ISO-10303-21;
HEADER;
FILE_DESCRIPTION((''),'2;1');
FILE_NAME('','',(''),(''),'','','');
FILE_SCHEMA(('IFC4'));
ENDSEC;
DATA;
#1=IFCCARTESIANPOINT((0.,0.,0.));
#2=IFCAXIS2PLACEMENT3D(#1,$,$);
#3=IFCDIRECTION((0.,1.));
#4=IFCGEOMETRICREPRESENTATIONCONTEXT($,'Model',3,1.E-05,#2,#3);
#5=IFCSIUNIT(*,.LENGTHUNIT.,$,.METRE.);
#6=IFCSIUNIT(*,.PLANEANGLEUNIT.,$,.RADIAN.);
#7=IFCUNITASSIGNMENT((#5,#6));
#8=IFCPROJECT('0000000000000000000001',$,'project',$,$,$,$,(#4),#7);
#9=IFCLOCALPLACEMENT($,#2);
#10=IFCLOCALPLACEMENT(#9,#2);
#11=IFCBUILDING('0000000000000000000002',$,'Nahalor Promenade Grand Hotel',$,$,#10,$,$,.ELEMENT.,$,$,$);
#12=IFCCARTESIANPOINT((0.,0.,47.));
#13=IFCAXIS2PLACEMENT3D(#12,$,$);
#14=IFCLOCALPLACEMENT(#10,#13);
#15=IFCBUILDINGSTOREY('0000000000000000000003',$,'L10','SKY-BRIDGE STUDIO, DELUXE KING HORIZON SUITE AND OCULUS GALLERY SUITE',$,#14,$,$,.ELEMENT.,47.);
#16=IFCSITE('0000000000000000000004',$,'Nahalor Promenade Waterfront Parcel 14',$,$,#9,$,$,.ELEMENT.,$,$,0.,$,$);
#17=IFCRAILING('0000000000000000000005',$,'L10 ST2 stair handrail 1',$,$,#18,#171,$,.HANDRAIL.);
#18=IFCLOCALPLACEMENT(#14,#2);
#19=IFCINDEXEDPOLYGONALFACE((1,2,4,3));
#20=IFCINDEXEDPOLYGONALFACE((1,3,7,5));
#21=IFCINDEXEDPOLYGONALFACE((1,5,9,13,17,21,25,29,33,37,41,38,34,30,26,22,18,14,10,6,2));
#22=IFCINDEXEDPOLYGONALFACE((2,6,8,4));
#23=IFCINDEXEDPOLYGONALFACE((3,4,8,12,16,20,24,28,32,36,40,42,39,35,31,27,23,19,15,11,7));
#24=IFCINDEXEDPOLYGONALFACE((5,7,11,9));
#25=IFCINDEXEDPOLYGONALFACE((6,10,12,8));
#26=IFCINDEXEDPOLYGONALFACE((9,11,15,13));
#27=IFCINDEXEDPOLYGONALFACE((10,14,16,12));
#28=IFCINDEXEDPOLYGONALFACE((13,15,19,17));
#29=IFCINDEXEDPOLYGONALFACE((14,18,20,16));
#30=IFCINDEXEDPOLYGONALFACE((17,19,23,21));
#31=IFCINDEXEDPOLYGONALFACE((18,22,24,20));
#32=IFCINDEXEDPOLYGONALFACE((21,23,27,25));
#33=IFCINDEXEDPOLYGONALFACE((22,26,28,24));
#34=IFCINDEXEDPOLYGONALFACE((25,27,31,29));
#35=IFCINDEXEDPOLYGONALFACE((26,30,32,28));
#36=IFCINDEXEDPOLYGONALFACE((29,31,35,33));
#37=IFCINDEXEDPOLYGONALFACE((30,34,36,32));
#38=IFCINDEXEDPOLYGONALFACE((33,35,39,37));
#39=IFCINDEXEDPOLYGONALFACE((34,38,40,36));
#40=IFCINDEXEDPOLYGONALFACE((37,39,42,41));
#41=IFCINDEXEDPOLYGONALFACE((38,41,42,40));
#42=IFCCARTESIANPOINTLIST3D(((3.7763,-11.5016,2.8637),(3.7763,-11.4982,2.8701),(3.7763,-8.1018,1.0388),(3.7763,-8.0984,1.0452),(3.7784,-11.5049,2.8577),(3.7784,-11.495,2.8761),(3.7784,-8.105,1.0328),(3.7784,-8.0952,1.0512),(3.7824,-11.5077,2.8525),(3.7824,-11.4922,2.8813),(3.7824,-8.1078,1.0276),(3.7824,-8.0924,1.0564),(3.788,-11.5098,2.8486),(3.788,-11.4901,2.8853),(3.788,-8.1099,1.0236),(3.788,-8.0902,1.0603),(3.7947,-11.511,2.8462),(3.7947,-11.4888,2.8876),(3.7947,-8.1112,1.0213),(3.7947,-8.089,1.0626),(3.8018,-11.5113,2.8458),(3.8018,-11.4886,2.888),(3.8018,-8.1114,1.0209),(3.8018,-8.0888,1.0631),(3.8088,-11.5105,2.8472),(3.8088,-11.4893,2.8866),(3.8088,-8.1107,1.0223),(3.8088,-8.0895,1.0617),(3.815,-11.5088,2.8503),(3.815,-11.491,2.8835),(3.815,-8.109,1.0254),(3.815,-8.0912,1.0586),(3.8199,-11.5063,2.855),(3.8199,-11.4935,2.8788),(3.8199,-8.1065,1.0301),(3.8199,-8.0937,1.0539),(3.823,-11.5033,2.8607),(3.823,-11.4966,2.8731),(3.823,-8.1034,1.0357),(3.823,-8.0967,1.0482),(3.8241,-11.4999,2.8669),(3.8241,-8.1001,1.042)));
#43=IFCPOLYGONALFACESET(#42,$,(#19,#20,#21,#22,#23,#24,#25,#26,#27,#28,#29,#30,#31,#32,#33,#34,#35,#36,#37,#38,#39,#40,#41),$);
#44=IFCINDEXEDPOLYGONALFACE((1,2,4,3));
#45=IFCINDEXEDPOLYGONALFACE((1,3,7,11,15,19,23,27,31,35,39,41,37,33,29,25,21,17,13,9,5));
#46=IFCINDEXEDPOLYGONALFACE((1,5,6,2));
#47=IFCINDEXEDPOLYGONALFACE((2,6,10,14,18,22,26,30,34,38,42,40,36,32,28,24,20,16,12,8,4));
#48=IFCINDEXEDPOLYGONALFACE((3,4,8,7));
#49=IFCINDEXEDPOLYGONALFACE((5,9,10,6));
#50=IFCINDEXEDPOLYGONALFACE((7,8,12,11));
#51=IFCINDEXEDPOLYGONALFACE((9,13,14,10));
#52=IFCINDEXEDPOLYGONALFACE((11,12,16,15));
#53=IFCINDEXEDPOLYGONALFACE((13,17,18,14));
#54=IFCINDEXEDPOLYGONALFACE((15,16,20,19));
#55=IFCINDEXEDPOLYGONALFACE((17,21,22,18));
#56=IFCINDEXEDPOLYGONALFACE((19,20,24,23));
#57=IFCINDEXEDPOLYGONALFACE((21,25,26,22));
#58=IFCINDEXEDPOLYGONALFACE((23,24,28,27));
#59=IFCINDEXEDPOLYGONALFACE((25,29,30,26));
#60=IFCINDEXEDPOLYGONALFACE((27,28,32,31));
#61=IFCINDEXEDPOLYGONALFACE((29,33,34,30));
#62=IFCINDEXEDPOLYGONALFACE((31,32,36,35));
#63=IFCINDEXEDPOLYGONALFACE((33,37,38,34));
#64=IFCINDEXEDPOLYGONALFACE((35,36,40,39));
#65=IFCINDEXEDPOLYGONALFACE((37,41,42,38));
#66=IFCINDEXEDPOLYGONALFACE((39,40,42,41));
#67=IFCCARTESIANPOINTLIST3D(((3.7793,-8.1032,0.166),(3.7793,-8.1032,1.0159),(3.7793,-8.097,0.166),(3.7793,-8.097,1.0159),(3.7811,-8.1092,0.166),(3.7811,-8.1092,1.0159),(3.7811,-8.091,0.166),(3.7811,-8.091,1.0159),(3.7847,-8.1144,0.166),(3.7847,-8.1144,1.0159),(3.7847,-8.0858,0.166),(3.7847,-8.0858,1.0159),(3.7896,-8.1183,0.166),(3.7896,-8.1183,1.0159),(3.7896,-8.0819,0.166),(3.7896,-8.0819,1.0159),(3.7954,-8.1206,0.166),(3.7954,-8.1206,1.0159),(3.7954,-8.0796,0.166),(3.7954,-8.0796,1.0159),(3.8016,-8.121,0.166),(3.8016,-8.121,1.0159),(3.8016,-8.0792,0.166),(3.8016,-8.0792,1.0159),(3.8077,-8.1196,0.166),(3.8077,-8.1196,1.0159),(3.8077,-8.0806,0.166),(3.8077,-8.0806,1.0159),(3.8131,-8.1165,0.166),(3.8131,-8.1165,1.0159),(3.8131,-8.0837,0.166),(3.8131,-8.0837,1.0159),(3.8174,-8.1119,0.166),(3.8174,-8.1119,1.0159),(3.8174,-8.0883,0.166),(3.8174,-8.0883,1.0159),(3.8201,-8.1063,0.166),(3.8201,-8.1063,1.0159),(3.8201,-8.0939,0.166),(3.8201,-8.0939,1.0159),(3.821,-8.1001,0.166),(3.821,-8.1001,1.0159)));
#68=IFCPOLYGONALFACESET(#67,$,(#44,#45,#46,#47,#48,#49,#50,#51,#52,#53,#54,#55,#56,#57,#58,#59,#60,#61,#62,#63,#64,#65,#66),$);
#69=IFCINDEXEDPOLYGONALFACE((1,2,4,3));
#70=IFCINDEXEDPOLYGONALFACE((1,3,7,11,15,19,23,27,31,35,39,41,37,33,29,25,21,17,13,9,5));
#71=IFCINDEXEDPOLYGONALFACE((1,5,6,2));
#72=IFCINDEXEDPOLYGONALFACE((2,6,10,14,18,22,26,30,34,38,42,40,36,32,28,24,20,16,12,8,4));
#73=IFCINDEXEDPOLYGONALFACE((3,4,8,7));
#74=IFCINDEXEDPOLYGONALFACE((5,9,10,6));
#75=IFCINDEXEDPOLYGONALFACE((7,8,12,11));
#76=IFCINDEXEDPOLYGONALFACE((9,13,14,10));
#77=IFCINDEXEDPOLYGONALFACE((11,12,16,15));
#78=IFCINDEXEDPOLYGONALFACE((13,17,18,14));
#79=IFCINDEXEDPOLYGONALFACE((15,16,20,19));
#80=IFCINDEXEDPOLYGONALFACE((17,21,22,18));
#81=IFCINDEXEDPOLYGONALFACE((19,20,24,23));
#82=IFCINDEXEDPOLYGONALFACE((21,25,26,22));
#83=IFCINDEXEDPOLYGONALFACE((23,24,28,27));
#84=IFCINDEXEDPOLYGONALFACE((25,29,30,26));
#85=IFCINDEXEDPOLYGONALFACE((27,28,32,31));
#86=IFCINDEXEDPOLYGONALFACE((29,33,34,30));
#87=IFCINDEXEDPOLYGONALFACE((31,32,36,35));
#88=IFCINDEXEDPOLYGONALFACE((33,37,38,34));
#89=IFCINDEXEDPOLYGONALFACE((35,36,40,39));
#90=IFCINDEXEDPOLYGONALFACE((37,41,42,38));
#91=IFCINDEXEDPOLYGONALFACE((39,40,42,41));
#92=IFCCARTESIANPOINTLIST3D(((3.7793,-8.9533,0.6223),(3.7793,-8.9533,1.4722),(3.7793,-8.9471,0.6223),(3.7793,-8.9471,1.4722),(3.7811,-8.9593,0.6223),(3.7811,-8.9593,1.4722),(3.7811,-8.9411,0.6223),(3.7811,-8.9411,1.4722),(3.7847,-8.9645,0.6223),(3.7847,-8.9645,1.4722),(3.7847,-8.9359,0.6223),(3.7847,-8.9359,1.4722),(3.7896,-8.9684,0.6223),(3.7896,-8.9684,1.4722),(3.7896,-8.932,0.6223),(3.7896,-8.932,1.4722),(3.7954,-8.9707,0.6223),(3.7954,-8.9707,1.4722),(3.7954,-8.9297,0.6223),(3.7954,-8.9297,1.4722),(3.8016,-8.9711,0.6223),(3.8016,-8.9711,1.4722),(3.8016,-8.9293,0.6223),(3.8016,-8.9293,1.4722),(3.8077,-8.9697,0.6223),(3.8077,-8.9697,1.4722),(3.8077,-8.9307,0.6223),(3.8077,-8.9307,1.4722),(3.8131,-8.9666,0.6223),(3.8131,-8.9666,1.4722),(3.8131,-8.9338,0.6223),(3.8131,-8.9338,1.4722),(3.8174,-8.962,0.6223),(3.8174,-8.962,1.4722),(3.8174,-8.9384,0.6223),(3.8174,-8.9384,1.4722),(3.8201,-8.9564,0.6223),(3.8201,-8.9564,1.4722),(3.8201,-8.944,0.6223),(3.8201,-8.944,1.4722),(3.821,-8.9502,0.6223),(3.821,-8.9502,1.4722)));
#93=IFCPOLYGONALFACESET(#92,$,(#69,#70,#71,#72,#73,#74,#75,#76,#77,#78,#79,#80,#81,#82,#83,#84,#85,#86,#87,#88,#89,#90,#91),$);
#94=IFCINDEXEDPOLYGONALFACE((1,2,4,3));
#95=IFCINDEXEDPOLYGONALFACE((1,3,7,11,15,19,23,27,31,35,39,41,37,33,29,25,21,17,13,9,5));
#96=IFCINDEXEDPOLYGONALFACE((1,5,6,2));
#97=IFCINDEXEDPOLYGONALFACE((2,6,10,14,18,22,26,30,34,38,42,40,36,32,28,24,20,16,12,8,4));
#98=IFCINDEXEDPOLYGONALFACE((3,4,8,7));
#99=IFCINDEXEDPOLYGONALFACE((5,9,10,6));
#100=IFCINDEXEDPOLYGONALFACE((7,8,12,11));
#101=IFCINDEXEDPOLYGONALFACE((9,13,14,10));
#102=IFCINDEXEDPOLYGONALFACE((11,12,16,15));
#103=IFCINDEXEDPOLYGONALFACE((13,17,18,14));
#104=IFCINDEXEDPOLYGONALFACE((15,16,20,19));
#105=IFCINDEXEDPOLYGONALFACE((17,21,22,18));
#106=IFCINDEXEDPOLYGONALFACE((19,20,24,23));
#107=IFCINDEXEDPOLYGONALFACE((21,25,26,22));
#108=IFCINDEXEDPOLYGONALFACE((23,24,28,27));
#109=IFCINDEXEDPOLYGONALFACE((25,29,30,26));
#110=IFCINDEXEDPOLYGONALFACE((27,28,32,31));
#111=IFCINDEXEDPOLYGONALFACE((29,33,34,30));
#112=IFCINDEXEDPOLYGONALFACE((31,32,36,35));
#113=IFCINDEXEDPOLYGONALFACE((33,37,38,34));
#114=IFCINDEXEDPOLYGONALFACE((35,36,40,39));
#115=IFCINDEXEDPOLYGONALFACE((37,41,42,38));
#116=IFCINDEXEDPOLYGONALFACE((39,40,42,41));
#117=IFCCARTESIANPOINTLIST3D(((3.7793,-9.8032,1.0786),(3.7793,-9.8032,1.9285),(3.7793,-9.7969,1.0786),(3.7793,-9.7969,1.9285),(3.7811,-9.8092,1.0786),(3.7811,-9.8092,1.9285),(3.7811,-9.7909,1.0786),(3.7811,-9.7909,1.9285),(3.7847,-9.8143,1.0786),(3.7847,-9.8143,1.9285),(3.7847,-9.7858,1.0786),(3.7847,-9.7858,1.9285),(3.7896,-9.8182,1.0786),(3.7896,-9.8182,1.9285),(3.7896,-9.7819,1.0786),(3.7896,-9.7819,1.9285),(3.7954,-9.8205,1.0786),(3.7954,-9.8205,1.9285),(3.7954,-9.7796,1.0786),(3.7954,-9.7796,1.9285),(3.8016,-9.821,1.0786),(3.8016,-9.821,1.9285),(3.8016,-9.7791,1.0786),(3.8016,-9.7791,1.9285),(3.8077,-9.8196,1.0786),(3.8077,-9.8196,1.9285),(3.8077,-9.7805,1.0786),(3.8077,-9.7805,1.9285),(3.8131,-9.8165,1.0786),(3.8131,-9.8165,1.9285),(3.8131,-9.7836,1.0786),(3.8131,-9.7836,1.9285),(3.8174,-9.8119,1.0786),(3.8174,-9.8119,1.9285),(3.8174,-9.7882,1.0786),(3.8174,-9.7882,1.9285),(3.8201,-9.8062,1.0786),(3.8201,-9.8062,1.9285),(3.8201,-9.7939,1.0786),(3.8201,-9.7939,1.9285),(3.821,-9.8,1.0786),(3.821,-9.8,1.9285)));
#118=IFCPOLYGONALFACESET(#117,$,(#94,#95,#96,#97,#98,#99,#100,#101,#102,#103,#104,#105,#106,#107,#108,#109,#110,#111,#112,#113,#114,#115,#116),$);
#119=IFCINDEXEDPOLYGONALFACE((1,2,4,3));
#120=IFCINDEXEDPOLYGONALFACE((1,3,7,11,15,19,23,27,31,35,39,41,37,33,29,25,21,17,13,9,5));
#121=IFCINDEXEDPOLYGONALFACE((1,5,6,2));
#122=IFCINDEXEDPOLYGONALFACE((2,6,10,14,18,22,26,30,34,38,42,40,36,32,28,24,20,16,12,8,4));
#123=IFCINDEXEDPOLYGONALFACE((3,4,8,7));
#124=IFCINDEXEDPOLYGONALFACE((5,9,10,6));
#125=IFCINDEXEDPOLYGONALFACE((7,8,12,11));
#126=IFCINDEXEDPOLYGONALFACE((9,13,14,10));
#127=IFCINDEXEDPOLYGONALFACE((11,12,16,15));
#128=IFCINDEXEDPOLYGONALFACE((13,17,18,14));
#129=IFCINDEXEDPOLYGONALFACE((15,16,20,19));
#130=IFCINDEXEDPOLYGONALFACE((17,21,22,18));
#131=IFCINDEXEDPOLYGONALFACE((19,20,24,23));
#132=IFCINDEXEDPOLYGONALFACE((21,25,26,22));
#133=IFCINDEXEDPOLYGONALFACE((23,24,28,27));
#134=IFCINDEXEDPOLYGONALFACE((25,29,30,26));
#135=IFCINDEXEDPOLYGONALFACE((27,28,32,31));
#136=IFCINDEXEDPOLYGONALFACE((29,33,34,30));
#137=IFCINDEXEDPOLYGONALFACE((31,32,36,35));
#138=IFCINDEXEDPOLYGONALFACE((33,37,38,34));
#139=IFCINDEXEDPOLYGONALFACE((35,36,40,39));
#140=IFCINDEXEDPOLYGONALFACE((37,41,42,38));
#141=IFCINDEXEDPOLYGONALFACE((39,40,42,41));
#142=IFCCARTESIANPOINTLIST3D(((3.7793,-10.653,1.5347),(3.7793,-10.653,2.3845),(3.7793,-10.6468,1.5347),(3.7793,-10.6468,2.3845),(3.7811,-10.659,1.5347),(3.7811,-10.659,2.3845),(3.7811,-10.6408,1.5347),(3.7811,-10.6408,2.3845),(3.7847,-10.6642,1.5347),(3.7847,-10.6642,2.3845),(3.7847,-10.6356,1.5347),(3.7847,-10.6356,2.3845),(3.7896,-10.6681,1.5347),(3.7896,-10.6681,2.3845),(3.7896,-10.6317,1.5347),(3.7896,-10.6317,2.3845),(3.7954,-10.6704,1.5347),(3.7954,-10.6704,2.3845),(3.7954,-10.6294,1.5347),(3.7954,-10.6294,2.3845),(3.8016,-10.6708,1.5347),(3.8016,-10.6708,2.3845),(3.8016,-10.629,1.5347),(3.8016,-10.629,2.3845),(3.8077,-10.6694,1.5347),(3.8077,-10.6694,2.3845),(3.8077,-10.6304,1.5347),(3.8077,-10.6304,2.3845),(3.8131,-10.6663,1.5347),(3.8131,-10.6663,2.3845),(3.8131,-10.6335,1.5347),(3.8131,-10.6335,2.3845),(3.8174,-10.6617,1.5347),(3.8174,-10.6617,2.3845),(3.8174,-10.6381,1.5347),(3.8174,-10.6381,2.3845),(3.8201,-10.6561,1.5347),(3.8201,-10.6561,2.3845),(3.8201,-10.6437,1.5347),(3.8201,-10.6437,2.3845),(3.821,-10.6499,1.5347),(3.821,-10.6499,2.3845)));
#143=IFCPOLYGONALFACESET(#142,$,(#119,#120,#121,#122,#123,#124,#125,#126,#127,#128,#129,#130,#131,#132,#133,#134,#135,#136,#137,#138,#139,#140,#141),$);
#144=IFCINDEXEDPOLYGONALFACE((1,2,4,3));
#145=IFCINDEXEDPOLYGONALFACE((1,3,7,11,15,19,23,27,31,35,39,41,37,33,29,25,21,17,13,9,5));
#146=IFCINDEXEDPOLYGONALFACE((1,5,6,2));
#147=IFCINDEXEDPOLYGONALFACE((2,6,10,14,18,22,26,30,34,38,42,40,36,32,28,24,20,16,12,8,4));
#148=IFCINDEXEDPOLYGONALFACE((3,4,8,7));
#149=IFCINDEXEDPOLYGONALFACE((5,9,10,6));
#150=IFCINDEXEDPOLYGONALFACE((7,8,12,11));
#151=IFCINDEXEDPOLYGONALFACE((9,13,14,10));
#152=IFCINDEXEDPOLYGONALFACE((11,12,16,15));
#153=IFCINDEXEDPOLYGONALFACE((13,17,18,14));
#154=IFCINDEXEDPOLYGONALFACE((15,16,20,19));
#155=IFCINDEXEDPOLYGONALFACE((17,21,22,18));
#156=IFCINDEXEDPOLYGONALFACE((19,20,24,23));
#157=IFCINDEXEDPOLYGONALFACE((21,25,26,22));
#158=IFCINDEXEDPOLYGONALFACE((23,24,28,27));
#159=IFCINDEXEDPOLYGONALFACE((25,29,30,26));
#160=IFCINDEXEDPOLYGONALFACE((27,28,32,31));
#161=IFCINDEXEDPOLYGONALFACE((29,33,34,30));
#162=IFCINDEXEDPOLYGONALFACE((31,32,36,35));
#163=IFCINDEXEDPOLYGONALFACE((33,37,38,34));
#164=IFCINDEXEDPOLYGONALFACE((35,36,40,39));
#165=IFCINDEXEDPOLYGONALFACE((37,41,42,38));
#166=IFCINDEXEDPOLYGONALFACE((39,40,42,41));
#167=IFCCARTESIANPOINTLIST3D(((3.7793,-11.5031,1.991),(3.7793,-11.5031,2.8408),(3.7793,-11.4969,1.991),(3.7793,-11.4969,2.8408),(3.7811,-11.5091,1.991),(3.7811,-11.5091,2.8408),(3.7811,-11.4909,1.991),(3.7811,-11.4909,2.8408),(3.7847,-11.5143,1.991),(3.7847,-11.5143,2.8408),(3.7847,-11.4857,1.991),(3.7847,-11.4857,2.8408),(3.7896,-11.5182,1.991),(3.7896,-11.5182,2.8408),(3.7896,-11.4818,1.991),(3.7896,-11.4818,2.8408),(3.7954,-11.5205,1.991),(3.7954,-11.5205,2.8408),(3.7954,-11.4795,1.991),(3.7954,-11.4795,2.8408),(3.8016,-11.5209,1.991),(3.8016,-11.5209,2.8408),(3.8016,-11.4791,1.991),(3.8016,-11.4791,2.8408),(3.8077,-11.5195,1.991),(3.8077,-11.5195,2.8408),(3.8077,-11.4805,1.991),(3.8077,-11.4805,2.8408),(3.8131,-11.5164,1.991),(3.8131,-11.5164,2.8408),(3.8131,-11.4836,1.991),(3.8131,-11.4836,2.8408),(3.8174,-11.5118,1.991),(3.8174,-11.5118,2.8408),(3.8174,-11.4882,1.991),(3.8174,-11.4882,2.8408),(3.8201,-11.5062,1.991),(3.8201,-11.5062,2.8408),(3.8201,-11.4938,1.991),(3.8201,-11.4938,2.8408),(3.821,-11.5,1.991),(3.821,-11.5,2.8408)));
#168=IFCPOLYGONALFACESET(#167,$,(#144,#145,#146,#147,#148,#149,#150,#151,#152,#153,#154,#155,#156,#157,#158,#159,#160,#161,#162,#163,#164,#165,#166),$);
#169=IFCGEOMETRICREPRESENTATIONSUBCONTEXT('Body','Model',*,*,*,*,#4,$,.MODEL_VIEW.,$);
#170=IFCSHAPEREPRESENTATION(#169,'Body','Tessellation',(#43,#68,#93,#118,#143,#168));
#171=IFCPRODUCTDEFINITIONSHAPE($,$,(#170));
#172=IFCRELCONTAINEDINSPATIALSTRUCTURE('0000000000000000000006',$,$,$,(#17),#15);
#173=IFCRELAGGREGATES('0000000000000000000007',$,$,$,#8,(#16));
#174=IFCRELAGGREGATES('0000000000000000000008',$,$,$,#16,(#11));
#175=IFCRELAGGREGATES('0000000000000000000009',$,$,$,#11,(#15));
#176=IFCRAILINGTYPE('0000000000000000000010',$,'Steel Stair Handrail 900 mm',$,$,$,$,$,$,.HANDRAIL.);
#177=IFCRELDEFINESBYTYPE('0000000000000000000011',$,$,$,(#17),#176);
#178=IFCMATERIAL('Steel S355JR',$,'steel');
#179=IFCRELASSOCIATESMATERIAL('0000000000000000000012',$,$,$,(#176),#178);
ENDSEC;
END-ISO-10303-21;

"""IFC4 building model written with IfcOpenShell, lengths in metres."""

from ifc_helpers import new_model, si_unit, direction, frame, origin, origin_2d, place, context, subcontext, project, spatial, circle, extrude, material, type_object, element, save


model = new_model("IFC4")

# Units and contexts
model_context = context("Model", 3, precision=1e-05, world=origin(), true_north=direction((0.0, 1.0)))
body_context = subcontext(model_context, "Body", "Model", "MODEL_VIEW")
ifc_project = project(units=[si_unit("LENGTHUNIT", "METRE"), si_unit("PLANEANGLEUNIT", "RADIAN")], contexts=[model_context])

# Site, building, storey
site_placement = place(None, origin())
site = spatial("IfcSite", under=ifc_project, at=site_placement, Name="Nahalor Promenade Waterfront Parcel 14", CompositionType="ELEMENT", RefElevation=0.0)
building_placement = place(site_placement, origin())
building = spatial("IfcBuilding", under=site, at=building_placement, Name="Nahalor Promenade Grand Hotel", CompositionType="ELEMENT")
storey_placement = place(building_placement, frame((0.0, 0.0, 47.0)))
storey = spatial("IfcBuildingStorey", under=building, at=storey_placement, Name="L10", Description="SKY-BRIDGE STUDIO, DELUXE KING HORIZON SUITE AND OCULUS GALLERY SUITE", CompositionType="ELEMENT", Elevation=47.0)

# Shared definitions
ifc_material_1 = material(Name="Steel S355JR", Category="steel")

# Railing
railing_type_1 = type_object("IfcRailingType", Name="Steel Stair Handrail 900 mm", PredefinedType="HANDRAIL", material=ifc_material_1)
railing_1_placement = place(storey_placement, frame((3.8, -8.1001, 0.166)))
element("IfcRailing", 1, at=railing_1_placement, inside=storey, type_object=railing_type_1, Name="L10 ST2 stair handrail 1", PredefinedType="HANDRAIL", context=body_context, shape_type="SweptSolid", body=[
    extrude(circle(Radius=0.024, at=origin_2d()), frame((0.0, 0.0, 0.876), z_axis=(0.0, -0.881094, 0.472941), x_axis=(1.0, 0.0, 0.0)), (0.0, 0.0, 1.0), 3.8586),
    extrude(circle(Radius=0.021, at=origin_2d()), origin(), (0.0, 0.0, 1.0), 0.8499),
    extrude(circle(Radius=0.021, at=origin_2d()), frame((0.0, -0.8501, 0.4563)), (0.0, 0.0, 1.0), 0.8499),
    extrude(circle(Radius=0.021, at=origin_2d()), frame((0.0, -1.7, 0.9126)), (0.0, 0.0, 1.0), 0.8499),
    extrude(circle(Radius=0.021, at=origin_2d()), frame((0.0, -2.5498, 1.3687)), (0.0, 0.0, 1.0), 0.8499),
    extrude(circle(Radius=0.021, at=origin_2d()), frame((0.0, -3.3999, 1.825)), (0.0, 0.0, 1.0), 0.8499),
])

save(model, "model.ifc")
